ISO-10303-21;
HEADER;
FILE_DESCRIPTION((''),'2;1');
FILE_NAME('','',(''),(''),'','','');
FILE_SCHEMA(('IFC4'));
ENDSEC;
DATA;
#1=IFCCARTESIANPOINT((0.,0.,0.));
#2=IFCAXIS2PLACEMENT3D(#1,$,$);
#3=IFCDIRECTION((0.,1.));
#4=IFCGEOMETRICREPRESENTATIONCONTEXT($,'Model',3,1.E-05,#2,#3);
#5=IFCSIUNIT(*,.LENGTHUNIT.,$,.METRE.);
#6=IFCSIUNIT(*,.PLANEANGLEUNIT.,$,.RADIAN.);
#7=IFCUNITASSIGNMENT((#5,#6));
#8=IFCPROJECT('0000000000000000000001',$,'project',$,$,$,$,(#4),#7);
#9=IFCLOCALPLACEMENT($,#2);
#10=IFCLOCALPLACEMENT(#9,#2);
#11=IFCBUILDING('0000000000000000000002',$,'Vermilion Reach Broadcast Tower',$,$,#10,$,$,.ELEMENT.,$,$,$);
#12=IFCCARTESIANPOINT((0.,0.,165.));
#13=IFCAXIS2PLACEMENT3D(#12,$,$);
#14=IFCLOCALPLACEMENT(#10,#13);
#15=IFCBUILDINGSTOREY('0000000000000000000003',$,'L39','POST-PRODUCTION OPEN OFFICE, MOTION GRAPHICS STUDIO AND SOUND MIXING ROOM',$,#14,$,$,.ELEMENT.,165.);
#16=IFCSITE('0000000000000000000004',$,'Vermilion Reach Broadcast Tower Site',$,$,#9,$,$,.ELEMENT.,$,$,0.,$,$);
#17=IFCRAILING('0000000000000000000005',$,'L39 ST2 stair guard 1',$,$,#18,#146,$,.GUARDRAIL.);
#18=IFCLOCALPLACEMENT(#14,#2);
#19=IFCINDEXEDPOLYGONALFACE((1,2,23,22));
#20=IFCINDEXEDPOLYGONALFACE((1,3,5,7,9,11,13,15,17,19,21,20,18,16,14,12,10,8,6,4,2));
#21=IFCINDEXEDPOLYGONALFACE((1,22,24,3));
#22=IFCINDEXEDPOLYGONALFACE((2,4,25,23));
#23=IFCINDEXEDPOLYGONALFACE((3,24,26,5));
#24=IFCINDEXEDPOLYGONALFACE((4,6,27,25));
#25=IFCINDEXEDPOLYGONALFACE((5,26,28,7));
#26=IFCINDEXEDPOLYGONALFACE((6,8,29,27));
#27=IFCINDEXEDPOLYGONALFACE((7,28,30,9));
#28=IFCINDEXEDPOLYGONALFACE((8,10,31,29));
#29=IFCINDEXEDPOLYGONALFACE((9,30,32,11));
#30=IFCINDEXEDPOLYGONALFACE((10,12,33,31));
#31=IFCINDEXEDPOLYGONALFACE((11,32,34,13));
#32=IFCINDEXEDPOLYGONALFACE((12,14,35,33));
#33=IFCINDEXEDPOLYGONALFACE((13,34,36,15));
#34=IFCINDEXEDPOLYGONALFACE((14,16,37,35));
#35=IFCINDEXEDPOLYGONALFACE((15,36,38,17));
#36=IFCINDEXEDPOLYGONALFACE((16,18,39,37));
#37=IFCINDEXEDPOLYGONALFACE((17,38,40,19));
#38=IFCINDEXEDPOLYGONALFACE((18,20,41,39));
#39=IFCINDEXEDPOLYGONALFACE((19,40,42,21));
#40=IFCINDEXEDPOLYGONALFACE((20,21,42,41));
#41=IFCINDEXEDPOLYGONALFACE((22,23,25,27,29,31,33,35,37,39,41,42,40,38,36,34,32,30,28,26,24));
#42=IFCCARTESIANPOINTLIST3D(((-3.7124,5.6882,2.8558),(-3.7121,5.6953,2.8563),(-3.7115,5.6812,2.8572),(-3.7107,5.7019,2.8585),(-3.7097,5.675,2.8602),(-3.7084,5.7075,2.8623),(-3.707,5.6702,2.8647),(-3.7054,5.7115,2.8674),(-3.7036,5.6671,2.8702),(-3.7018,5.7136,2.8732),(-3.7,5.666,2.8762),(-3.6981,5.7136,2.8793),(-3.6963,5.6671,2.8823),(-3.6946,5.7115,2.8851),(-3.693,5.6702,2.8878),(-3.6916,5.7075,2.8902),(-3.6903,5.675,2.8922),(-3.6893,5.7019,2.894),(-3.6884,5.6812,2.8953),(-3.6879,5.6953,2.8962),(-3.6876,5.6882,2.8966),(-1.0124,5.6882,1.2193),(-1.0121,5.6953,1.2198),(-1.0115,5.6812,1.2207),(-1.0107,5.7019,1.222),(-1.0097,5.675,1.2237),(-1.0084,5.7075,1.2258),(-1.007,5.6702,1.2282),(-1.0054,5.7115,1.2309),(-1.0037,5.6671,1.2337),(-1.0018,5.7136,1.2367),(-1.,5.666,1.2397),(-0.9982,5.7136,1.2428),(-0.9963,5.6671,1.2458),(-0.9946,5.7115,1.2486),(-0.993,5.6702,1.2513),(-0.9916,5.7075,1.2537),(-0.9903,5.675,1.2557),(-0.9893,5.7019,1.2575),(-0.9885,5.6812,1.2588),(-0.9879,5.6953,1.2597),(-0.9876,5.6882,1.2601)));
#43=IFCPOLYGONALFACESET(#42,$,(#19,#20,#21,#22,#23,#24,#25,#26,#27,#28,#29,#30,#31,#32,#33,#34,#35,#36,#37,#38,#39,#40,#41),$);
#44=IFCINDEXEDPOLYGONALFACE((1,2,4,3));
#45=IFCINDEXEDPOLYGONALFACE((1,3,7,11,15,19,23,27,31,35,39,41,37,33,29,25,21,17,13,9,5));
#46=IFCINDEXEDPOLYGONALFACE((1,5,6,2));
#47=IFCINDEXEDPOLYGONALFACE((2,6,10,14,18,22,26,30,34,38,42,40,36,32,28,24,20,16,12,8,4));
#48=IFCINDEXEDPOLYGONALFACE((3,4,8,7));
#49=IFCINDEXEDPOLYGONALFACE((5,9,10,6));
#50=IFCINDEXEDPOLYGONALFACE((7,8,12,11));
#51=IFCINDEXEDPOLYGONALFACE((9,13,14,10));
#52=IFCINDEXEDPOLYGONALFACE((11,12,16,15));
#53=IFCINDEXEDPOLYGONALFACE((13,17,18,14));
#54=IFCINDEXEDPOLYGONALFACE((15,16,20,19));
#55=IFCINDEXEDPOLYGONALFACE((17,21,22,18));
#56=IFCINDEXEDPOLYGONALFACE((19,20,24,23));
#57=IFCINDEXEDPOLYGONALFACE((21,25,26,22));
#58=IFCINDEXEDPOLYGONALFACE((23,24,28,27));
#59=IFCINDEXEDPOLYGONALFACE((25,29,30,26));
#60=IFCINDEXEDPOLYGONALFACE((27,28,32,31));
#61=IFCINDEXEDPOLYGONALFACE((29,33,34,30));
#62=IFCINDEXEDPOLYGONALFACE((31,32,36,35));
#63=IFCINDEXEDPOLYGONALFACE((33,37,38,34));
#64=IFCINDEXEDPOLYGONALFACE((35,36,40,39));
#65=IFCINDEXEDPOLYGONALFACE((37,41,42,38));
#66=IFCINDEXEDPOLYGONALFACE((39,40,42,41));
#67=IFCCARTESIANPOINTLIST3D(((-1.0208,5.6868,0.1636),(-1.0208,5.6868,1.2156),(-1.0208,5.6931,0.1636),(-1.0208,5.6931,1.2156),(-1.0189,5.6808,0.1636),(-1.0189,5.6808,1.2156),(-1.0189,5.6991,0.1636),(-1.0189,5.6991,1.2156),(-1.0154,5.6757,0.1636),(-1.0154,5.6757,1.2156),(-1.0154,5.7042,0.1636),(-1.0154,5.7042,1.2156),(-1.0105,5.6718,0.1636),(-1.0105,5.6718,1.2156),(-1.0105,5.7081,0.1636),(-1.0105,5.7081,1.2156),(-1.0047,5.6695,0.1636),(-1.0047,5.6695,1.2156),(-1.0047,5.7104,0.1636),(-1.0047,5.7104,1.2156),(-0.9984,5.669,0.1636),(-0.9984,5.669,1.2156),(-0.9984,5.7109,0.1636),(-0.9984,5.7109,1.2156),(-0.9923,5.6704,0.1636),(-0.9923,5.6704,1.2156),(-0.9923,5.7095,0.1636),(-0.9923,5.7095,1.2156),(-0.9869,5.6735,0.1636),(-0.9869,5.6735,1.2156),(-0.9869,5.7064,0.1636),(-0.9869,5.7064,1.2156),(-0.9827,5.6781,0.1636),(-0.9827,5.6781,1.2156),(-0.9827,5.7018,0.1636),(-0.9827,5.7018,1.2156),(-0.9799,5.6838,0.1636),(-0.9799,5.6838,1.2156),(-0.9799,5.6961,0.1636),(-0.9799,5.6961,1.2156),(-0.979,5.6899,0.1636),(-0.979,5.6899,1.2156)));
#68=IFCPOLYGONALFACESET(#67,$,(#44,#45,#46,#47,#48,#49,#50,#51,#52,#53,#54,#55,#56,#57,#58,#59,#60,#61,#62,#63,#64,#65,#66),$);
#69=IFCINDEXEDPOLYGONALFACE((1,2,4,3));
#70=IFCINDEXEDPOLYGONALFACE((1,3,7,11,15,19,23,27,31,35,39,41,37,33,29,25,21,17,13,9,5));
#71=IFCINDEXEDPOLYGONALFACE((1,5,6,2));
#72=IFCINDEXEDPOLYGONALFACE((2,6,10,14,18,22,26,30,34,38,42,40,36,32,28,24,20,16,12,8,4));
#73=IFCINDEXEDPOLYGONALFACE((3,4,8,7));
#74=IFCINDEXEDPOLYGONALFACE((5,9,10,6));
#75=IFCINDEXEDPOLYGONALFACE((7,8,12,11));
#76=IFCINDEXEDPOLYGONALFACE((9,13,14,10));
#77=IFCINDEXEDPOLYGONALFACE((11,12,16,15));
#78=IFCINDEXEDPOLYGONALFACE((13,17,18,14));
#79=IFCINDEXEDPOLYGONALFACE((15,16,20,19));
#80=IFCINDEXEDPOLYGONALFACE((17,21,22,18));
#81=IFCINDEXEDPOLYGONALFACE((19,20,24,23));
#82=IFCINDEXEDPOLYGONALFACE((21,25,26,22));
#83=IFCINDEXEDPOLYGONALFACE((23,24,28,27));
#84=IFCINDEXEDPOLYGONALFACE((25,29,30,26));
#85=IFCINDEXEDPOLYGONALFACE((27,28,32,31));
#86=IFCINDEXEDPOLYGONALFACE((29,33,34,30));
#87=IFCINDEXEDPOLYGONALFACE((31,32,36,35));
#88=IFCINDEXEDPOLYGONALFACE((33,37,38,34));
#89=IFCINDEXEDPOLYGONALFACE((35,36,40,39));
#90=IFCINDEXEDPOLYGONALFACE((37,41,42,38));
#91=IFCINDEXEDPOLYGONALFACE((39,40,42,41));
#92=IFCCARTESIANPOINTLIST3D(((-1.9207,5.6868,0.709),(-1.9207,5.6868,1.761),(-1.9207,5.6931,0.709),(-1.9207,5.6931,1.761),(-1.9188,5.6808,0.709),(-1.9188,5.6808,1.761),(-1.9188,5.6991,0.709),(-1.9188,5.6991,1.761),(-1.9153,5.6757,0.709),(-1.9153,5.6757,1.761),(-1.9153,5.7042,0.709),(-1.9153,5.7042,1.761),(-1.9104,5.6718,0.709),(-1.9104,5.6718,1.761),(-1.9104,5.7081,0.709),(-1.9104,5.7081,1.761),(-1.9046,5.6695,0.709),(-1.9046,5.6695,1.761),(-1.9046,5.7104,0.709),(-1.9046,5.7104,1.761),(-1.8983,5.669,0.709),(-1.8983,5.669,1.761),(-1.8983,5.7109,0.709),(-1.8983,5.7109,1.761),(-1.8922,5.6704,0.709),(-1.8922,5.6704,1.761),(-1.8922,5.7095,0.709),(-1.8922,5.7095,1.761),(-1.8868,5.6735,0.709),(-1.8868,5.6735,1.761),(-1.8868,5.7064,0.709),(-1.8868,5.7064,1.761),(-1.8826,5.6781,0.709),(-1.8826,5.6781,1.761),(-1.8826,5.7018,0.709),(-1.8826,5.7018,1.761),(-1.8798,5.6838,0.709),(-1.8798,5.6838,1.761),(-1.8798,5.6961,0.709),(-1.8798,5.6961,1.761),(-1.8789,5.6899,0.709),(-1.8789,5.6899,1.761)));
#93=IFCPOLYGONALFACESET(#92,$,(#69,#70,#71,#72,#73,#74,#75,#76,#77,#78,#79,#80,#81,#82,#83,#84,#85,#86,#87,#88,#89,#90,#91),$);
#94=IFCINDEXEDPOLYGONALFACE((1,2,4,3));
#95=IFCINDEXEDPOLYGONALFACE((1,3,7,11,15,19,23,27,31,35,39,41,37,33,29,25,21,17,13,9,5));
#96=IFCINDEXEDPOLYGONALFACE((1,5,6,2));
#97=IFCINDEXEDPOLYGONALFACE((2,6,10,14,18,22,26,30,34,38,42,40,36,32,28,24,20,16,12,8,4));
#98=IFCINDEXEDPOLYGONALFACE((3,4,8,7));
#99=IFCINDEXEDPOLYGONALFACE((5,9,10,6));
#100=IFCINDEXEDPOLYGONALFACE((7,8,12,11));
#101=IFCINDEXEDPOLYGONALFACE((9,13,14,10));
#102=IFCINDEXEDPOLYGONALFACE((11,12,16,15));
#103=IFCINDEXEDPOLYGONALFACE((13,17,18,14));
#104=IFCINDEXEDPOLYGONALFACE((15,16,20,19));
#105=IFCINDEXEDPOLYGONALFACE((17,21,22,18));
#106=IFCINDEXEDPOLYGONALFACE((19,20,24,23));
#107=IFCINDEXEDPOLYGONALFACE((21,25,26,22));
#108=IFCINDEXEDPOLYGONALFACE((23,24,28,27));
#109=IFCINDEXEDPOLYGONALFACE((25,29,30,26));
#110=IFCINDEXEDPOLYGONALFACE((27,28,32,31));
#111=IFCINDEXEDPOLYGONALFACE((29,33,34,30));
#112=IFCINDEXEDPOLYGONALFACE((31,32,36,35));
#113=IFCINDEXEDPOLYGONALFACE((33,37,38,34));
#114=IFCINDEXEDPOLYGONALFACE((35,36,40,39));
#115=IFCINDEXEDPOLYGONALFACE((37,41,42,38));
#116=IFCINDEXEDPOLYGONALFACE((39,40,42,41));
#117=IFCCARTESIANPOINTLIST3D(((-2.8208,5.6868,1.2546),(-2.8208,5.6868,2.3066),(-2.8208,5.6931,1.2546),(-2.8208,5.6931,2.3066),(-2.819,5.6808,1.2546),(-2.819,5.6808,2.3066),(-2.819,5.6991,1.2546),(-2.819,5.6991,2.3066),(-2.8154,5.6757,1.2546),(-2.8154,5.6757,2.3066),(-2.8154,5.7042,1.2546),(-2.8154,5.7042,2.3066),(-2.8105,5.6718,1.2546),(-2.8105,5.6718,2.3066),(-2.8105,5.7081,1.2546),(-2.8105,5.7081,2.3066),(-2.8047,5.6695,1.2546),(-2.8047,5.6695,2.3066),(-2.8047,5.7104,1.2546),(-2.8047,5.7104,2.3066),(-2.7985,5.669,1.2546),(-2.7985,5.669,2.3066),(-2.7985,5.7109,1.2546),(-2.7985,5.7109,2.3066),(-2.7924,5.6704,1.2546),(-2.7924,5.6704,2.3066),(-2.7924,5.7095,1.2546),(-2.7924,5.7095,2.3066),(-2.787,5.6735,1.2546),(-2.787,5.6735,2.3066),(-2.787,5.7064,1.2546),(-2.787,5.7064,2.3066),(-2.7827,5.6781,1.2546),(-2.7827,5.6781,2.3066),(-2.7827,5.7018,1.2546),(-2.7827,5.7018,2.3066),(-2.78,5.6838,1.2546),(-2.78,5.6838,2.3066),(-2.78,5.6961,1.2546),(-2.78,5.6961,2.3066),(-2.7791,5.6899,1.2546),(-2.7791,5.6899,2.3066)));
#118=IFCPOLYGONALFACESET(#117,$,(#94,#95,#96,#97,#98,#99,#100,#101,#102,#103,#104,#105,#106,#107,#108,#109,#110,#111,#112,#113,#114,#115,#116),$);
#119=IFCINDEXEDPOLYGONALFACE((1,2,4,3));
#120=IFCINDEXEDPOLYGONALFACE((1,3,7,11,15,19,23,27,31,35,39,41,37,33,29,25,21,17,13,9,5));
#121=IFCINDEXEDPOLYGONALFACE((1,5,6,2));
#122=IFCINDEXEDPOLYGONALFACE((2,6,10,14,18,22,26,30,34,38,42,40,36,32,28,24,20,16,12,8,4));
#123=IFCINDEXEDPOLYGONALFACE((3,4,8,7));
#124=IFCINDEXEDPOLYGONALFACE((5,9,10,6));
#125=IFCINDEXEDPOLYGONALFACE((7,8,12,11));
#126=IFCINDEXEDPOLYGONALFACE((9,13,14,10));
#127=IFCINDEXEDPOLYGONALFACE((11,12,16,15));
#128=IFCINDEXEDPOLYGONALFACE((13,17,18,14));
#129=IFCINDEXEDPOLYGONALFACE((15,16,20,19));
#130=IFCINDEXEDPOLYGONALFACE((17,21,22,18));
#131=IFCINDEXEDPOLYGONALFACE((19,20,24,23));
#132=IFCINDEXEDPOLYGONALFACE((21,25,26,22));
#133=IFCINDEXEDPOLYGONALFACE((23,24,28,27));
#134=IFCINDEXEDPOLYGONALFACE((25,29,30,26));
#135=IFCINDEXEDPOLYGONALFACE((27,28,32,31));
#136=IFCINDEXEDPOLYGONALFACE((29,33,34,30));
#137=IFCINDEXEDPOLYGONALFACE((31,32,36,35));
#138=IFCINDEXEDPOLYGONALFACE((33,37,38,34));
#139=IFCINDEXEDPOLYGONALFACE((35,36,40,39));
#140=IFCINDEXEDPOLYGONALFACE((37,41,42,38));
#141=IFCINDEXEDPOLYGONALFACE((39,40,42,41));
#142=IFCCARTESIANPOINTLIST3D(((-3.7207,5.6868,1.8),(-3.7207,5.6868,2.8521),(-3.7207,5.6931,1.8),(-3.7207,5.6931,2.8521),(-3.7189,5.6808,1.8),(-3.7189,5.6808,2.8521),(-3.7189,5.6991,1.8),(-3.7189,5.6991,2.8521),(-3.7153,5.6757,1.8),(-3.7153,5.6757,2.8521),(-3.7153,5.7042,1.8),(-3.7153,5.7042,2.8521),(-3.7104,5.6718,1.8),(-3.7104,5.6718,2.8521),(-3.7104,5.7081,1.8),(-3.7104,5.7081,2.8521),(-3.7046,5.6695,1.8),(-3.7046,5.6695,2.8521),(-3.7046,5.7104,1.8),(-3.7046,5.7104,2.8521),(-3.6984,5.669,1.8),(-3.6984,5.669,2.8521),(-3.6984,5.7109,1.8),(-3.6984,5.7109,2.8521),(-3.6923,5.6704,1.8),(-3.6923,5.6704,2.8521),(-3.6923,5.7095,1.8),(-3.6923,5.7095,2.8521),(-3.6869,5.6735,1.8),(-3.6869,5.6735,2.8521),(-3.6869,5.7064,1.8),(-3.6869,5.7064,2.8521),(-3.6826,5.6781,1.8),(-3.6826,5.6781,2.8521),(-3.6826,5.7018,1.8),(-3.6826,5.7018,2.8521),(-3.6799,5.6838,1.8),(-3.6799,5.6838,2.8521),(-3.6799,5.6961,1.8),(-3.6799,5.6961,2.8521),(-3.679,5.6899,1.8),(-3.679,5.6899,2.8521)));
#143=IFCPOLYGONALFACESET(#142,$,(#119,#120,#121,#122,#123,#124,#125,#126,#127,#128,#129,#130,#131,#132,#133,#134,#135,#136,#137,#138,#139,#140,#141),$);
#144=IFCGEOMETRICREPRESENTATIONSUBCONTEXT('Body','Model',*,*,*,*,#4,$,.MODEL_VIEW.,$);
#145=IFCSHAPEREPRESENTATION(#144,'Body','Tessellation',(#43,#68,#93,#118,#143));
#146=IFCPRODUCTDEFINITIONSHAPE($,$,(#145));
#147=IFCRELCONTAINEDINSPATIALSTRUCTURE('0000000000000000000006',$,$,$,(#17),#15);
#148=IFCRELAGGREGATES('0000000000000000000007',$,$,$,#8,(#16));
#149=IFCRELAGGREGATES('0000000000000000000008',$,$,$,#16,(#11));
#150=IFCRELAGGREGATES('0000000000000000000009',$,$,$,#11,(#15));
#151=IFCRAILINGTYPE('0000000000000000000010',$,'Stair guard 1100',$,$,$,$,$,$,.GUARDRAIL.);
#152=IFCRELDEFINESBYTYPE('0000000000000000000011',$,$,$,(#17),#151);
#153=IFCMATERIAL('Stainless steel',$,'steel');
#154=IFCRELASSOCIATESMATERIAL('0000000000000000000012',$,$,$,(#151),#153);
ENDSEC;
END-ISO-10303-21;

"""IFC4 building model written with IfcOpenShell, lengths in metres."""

from ifc_helpers import new_model, si_unit, direction, frame, origin, origin_2d, place, context, subcontext, project, spatial, circle, extrude, material, type_object, element, save


model = new_model("IFC4")

# Units and contexts
model_context = context("Model", 3, precision=1e-05, world=origin(), true_north=direction((0.0, 1.0)))
body_context = subcontext(model_context, "Body", "Model", "MODEL_VIEW")
ifc_project = project(units=[si_unit("LENGTHUNIT", "METRE"), si_unit("PLANEANGLEUNIT", "RADIAN")], contexts=[model_context])

# Site, building, storey
site_placement = place(None, origin())
site = spatial("IfcSite", under=ifc_project, at=site_placement, Name="Vermilion Reach Broadcast Tower Site", CompositionType="ELEMENT", RefElevation=0.0)
building_placement = place(site_placement, origin())
building = spatial("IfcBuilding", under=site, at=building_placement, Name="Vermilion Reach Broadcast Tower", CompositionType="ELEMENT")
storey_placement = place(building_placement, frame((0.0, 0.0, 165.0)))
storey = spatial("IfcBuildingStorey", under=building, at=storey_placement, Name="L39", Description="POST-PRODUCTION OPEN OFFICE, MOTION GRAPHICS STUDIO AND SOUND MIXING ROOM", CompositionType="ELEMENT", Elevation=165.0)

# Railing
ifc_material_1 = material(Name="Stainless steel", Category="steel")
railing_type_1 = type_object("IfcRailingType", Name="Stair guard 1100", PredefinedType="GUARDRAIL", material=ifc_material_1)
railing_1_placement = place(storey_placement, frame((-1.0, 5.6899, 0.1636)))
element("IfcRailing", 1, at=railing_1_placement, inside=storey, type_object=railing_type_1, Name="L39 ST2 stair guard 1", PredefinedType="GUARDRAIL", context=body_context, shape_type="SweptSolid", body=[
    extrude(circle(Radius=0.0239, at=origin_2d()), frame((0.0, 0.0, 1.0762), z_axis=(-0.855178, 0.0, 0.518334), x_axis=(0.0, -1.0, 0.0)), (0.0, 0.0, 1.0), 3.1572),
    extrude(circle(Radius=0.021, at=origin_2d()), origin(), (0.0, 0.0, 1.0), 1.052),
    extrude(circle(Radius=0.021, at=origin_2d()), frame((-0.8999, 0.0, 0.5454)), (0.0, 0.0, 1.0), 1.052),
    extrude(circle(Radius=0.021, at=origin_2d()), frame((-1.8, 0.0, 1.0911)), (0.0, 0.0, 1.0), 1.052),
    extrude(circle(Radius=0.021, at=origin_2d()), frame((-2.7, 0.0, 1.6365)), (0.0, 0.0, 1.0), 1.052),
])

save(model, "model.ifc")
